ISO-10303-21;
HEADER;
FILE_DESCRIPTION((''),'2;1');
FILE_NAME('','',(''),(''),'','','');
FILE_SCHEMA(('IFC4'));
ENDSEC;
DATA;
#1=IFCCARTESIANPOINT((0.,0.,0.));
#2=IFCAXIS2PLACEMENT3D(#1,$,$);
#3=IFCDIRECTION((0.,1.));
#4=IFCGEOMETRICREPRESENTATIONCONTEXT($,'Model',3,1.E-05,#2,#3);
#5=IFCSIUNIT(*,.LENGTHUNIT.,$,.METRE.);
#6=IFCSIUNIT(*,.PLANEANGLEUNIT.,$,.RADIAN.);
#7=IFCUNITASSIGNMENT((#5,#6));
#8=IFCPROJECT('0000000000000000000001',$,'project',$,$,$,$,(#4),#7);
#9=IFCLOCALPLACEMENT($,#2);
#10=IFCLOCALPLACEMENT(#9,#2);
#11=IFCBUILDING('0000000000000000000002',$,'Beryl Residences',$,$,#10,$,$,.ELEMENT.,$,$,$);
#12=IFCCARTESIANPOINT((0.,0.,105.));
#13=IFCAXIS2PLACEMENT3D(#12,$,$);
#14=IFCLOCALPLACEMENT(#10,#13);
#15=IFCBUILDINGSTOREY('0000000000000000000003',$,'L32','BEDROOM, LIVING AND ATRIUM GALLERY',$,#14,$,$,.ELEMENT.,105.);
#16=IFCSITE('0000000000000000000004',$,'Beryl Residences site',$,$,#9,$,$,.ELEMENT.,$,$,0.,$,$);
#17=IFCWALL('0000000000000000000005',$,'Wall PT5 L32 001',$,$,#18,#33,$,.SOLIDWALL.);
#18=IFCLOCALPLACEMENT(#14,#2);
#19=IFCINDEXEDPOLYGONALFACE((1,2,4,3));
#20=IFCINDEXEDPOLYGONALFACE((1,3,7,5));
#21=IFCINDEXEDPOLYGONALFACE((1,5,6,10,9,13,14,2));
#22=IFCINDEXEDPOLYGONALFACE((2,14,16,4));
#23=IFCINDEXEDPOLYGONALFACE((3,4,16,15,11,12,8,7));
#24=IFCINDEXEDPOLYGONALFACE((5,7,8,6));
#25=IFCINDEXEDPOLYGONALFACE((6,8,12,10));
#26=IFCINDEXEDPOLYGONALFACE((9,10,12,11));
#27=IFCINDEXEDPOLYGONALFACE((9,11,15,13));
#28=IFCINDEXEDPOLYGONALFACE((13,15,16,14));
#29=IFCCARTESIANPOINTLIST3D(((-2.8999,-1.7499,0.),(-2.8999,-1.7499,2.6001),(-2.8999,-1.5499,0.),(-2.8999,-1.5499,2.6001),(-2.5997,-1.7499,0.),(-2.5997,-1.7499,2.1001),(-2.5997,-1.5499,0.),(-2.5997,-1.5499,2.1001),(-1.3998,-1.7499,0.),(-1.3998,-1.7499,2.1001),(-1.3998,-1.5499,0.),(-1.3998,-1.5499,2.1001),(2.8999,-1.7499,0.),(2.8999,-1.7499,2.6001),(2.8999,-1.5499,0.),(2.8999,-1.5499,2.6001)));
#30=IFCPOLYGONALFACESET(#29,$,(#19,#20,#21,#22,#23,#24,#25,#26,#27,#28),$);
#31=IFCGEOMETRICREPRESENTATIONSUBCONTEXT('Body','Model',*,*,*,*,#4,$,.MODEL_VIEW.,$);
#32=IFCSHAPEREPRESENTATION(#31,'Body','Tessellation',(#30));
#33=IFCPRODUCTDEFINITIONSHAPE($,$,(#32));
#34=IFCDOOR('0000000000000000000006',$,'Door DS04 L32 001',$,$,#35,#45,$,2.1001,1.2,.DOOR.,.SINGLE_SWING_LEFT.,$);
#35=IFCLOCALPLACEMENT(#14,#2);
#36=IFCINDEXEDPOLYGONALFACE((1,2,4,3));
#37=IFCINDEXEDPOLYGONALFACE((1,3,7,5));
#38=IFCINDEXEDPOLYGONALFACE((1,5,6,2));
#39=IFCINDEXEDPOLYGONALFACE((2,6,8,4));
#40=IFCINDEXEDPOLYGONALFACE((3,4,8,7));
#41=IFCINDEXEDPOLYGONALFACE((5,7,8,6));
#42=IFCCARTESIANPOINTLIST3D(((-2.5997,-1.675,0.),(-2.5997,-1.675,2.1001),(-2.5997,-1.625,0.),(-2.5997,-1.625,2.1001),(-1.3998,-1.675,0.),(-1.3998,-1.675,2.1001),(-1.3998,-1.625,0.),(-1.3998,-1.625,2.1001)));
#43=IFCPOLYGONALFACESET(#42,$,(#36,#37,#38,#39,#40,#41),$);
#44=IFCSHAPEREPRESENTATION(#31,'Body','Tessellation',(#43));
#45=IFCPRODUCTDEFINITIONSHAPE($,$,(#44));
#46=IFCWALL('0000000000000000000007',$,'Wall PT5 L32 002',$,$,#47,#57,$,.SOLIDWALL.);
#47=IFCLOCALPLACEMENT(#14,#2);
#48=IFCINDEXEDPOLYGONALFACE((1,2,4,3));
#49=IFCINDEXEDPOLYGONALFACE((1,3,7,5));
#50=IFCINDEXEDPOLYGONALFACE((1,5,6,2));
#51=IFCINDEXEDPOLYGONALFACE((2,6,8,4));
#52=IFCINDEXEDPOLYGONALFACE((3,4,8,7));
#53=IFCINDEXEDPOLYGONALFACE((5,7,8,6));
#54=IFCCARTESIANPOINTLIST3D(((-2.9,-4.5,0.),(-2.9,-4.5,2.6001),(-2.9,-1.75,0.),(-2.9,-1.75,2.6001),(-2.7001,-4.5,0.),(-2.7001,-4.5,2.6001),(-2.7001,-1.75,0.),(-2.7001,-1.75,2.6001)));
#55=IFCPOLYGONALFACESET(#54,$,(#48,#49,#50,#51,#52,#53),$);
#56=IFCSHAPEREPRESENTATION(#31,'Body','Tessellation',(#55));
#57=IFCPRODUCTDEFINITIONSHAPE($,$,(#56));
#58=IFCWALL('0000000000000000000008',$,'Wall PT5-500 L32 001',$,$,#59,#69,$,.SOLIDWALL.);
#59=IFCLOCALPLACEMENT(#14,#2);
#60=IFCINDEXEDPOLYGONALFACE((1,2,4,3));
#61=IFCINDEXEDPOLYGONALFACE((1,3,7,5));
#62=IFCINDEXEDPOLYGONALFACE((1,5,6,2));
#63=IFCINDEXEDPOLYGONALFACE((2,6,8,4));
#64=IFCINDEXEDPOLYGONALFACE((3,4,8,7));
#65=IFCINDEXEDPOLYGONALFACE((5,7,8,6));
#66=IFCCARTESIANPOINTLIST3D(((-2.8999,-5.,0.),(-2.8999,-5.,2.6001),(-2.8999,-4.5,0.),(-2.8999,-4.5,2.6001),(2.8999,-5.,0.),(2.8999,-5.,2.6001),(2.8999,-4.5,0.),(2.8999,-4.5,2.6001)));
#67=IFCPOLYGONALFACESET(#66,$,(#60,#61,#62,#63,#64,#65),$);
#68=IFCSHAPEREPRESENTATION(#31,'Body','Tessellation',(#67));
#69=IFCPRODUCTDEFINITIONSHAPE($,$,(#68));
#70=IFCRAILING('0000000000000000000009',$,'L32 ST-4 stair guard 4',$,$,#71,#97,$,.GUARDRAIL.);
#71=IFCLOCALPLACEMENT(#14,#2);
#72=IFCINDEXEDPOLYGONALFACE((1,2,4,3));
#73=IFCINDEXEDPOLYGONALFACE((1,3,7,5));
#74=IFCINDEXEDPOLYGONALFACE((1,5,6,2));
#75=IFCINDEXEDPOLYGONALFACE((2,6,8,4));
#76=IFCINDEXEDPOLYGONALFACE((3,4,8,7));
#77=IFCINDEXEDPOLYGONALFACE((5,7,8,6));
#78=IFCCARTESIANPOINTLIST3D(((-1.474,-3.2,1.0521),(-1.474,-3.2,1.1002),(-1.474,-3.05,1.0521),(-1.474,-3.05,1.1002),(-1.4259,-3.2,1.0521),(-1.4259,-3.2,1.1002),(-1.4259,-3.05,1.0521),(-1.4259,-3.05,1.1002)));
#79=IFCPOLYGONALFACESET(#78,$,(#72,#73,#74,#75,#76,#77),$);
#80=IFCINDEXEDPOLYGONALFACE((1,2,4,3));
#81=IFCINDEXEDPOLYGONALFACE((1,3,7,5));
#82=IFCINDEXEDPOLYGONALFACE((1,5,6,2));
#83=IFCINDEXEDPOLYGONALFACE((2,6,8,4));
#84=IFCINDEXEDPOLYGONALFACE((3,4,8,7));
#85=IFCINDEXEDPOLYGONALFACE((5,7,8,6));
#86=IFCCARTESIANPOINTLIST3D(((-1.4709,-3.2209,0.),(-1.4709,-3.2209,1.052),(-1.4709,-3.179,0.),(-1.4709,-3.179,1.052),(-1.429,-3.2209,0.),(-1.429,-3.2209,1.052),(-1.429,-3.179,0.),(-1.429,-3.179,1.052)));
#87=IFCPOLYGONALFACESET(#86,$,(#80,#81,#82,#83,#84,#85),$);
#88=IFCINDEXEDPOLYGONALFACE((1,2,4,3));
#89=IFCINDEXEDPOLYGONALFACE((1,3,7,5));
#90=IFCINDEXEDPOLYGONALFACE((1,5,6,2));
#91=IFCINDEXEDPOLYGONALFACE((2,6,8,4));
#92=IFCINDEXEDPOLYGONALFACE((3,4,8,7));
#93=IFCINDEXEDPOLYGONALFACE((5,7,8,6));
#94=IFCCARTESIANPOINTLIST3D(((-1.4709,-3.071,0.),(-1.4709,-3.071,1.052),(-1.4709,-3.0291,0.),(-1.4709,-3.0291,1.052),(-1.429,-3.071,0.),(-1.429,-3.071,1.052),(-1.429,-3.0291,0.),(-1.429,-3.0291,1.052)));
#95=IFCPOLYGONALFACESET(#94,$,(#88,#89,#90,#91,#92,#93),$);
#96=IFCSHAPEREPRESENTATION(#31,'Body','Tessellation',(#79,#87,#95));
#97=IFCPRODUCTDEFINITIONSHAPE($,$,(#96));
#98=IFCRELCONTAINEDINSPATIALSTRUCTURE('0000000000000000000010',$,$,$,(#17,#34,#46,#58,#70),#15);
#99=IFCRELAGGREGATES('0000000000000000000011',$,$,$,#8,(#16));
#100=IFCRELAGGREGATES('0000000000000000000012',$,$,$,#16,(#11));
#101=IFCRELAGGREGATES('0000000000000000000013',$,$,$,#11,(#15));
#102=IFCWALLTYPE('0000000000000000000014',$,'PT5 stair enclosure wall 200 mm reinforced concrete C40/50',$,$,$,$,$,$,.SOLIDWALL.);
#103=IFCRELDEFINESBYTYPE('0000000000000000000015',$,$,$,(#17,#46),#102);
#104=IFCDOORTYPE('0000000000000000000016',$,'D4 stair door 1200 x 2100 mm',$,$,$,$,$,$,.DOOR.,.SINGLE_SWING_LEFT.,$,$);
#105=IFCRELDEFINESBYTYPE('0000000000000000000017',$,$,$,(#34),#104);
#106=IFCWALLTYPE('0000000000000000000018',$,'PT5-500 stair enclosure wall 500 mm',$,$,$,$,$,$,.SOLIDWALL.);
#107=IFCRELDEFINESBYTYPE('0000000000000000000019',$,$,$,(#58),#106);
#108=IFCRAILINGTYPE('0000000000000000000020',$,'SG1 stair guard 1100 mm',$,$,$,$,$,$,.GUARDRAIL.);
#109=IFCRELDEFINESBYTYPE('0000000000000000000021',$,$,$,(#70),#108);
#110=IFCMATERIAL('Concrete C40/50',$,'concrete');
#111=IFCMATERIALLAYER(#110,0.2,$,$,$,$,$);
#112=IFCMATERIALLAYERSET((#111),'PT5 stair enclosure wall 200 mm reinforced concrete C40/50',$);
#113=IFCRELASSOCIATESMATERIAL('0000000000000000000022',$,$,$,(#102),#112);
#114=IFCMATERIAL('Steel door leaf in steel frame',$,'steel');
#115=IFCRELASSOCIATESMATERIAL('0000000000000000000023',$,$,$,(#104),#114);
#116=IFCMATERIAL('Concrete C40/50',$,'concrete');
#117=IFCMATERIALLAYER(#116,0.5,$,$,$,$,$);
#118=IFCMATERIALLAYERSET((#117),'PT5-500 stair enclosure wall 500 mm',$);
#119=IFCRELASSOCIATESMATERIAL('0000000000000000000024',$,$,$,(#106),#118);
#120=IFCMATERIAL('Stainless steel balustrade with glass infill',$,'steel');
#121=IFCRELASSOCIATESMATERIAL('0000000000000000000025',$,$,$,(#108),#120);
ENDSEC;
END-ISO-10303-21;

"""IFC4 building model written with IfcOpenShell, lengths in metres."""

from ifc_helpers import new_model, si_unit, direction, frame, frame_2d, origin, origin_2d, place, context, subcontext, project, spatial, rectangle, extrude, material, layer, layer_set, type_object, element, fill, save


model = new_model("IFC4")

# Units and contexts
model_context = context("Model", 3, precision=1e-05, world=origin(), true_north=direction((0.0, 1.0)))
body_context = subcontext(model_context, "Body", "Model", "MODEL_VIEW")
ifc_project = project(units=[si_unit("LENGTHUNIT", "METRE"), si_unit("PLANEANGLEUNIT", "RADIAN")], contexts=[model_context])

# Site, building, storey
site_placement = place(None, origin())
site = spatial("IfcSite", under=ifc_project, at=site_placement, Name="Beryl Residences site", CompositionType="ELEMENT", RefElevation=0.0)
building_placement = place(site_placement, origin())
building = spatial("IfcBuilding", under=site, at=building_placement, Name="Beryl Residences", CompositionType="ELEMENT")
storey_placement = place(building_placement, frame((0.0, 0.0, 105.0)))
storey = spatial("IfcBuildingStorey", under=building, at=storey_placement, Name="L32", Description="BEDROOM, LIVING AND ATRIUM GALLERY", CompositionType="ELEMENT", Elevation=105.0)

# Wall, opening, door
ifc_material_1 = material(Name="Concrete C40/50", Category="concrete")
ifc_layer_1 = layer(ifc_material_1, 0.2)
ifc_layer_set_1 = layer_set([ifc_layer_1], Name="PT5 stair enclosure wall 200 mm reinforced concrete C40/50")
wall_type_1 = type_object("IfcWallType", Name="PT5 stair enclosure wall 200 mm reinforced concrete C40/50", PredefinedType="SOLIDWALL", material=ifc_layer_set_1)
wall_1_placement = place(storey_placement, frame((-2.8999, -1.6499, 0.0), z_axis=(0.0, 0.0, 1.0), x_axis=(1.0, 0.0, 0.0)))
wall_1 = element("IfcWall", 1, at=wall_1_placement, inside=storey, type_object=wall_type_1, Name="Wall PT5 L32 001", PredefinedType="SOLIDWALL", context=body_context, shape_type="SweptSolid", body=[
    extrude(rectangle(XDim=5.7998, YDim=0.2, at=frame_2d((2.8999, 0.0))), origin(), (0.0, 0.0, 1.0), 2.6001),
])
opening_1_placement = place(wall_1_placement, frame((0.3, 0.0, 0.0)))
opening_1 = element("IfcOpeningElement", 2, at=opening_1_placement, cuts=wall_1, PredefinedType="OPENING", context=body_context, shape_type="SweptSolid", body=[
    extrude(rectangle(XDim=1.2, YDim=2.1001, at=frame_2d((0.6001, 1.05))), frame((0.0, 0.1099, 0.0), z_axis=(0.0, -1.0, 0.0), x_axis=(1.0, 0.0, 0.0)), (0.0, 0.0, 1.0), 0.22),
])
ifc_material_2 = material(Name="Steel door leaf in steel frame", Category="steel")
door_type_1 = type_object("IfcDoorType", Name="D4 stair door 1200 x 2100 mm", OperationType="SINGLE_SWING_LEFT", PredefinedType="DOOR", material=ifc_material_2)
door_1_placement = place(opening_1_placement, origin())
door_1 = element("IfcDoor", 3, at=door_1_placement, inside=storey, type_object=door_type_1, Name="Door DS04 L32 001", OperationType="SINGLE_SWING_LEFT", OverallHeight=2.1001, OverallWidth=1.2, PredefinedType="DOOR", context=body_context, shape_type="SweptSolid", body=[
    extrude(rectangle(XDim=1.2, YDim=2.1001, at=frame_2d((0.6001, 1.05))), frame((0.0, 0.0249, 0.0), z_axis=(0.0, -1.0, 0.0), x_axis=(1.0, 0.0, 0.0)), (0.0, 0.0, 1.0), 0.05),
])
fill(opening_1, door_1)

# Walls
wall_2_placement = place(storey_placement, frame((-2.8, -4.5, 0.0), z_axis=(0.0, 0.0, 1.0), x_axis=(0.0, 1.0, 0.0)))
element("IfcWall", 4, at=wall_2_placement, inside=storey, type_object=wall_type_1, Name="Wall PT5 L32 002", PredefinedType="SOLIDWALL", context=body_context, shape_type="SweptSolid", body=[
    extrude(rectangle(XDim=2.75, YDim=0.2, at=frame_2d((1.375, 0.0))), origin(), (0.0, 0.0, 1.0), 2.6001),
])
ifc_material_3 = material(Name="Concrete C40/50", Category="concrete")
ifc_layer_2 = layer(ifc_material_3, 0.5)
ifc_layer_set_2 = layer_set([ifc_layer_2], Name="PT5-500 stair enclosure wall 500 mm")
wall_type_2 = type_object("IfcWallType", Name="PT5-500 stair enclosure wall 500 mm", PredefinedType="SOLIDWALL", material=ifc_layer_set_2)
wall_3_placement = place(storey_placement, frame((-2.8999, -4.75, 0.0), z_axis=(0.0, 0.0, 1.0), x_axis=(1.0, 0.0, 0.0)))
element("IfcWall", 5, at=wall_3_placement, inside=storey, type_object=wall_type_2, Name="Wall PT5-500 L32 001", PredefinedType="SOLIDWALL", context=body_context, shape_type="SweptSolid", body=[
    extrude(rectangle(XDim=5.7998, YDim=0.5, at=frame_2d((2.8999, 0.0))), origin(), (0.0, 0.0, 1.0), 2.6001),
])

# Railing
ifc_material_4 = material(Name="Stainless steel balustrade with glass infill", Category="steel")
railing_type = type_object("IfcRailingType", Name="SG1 stair guard 1100 mm", PredefinedType="GUARDRAIL", material=ifc_material_4)
railing_placement = place(storey_placement, frame((-1.45, -3.2, 0.0)))
element("IfcRailing", 6, at=railing_placement, inside=storey, type_object=railing_type, Name="L32 ST-4 stair guard 4", PredefinedType="GUARDRAIL", context=body_context, shape_type="SweptSolid", body=[
    extrude(rectangle(XDim=0.0481, YDim=0.0481, at=origin_2d()), frame((0.0, 0.0, 1.0762), z_axis=(0.0, 1.0, 0.0), x_axis=(-1.0, 0.0, 0.0)), (0.0, 0.0, 1.0), 0.1499),
    extrude(rectangle(XDim=0.042, YDim=0.042, at=origin_2d()), origin(), (0.0, 0.0, 1.0), 1.052),
    extrude(rectangle(XDim=0.042, YDim=0.042, at=origin_2d()), frame((0.0, 0.1499, 0.0)), (0.0, 0.0, 1.0), 1.052),
])

save(model, "model.ifc")
